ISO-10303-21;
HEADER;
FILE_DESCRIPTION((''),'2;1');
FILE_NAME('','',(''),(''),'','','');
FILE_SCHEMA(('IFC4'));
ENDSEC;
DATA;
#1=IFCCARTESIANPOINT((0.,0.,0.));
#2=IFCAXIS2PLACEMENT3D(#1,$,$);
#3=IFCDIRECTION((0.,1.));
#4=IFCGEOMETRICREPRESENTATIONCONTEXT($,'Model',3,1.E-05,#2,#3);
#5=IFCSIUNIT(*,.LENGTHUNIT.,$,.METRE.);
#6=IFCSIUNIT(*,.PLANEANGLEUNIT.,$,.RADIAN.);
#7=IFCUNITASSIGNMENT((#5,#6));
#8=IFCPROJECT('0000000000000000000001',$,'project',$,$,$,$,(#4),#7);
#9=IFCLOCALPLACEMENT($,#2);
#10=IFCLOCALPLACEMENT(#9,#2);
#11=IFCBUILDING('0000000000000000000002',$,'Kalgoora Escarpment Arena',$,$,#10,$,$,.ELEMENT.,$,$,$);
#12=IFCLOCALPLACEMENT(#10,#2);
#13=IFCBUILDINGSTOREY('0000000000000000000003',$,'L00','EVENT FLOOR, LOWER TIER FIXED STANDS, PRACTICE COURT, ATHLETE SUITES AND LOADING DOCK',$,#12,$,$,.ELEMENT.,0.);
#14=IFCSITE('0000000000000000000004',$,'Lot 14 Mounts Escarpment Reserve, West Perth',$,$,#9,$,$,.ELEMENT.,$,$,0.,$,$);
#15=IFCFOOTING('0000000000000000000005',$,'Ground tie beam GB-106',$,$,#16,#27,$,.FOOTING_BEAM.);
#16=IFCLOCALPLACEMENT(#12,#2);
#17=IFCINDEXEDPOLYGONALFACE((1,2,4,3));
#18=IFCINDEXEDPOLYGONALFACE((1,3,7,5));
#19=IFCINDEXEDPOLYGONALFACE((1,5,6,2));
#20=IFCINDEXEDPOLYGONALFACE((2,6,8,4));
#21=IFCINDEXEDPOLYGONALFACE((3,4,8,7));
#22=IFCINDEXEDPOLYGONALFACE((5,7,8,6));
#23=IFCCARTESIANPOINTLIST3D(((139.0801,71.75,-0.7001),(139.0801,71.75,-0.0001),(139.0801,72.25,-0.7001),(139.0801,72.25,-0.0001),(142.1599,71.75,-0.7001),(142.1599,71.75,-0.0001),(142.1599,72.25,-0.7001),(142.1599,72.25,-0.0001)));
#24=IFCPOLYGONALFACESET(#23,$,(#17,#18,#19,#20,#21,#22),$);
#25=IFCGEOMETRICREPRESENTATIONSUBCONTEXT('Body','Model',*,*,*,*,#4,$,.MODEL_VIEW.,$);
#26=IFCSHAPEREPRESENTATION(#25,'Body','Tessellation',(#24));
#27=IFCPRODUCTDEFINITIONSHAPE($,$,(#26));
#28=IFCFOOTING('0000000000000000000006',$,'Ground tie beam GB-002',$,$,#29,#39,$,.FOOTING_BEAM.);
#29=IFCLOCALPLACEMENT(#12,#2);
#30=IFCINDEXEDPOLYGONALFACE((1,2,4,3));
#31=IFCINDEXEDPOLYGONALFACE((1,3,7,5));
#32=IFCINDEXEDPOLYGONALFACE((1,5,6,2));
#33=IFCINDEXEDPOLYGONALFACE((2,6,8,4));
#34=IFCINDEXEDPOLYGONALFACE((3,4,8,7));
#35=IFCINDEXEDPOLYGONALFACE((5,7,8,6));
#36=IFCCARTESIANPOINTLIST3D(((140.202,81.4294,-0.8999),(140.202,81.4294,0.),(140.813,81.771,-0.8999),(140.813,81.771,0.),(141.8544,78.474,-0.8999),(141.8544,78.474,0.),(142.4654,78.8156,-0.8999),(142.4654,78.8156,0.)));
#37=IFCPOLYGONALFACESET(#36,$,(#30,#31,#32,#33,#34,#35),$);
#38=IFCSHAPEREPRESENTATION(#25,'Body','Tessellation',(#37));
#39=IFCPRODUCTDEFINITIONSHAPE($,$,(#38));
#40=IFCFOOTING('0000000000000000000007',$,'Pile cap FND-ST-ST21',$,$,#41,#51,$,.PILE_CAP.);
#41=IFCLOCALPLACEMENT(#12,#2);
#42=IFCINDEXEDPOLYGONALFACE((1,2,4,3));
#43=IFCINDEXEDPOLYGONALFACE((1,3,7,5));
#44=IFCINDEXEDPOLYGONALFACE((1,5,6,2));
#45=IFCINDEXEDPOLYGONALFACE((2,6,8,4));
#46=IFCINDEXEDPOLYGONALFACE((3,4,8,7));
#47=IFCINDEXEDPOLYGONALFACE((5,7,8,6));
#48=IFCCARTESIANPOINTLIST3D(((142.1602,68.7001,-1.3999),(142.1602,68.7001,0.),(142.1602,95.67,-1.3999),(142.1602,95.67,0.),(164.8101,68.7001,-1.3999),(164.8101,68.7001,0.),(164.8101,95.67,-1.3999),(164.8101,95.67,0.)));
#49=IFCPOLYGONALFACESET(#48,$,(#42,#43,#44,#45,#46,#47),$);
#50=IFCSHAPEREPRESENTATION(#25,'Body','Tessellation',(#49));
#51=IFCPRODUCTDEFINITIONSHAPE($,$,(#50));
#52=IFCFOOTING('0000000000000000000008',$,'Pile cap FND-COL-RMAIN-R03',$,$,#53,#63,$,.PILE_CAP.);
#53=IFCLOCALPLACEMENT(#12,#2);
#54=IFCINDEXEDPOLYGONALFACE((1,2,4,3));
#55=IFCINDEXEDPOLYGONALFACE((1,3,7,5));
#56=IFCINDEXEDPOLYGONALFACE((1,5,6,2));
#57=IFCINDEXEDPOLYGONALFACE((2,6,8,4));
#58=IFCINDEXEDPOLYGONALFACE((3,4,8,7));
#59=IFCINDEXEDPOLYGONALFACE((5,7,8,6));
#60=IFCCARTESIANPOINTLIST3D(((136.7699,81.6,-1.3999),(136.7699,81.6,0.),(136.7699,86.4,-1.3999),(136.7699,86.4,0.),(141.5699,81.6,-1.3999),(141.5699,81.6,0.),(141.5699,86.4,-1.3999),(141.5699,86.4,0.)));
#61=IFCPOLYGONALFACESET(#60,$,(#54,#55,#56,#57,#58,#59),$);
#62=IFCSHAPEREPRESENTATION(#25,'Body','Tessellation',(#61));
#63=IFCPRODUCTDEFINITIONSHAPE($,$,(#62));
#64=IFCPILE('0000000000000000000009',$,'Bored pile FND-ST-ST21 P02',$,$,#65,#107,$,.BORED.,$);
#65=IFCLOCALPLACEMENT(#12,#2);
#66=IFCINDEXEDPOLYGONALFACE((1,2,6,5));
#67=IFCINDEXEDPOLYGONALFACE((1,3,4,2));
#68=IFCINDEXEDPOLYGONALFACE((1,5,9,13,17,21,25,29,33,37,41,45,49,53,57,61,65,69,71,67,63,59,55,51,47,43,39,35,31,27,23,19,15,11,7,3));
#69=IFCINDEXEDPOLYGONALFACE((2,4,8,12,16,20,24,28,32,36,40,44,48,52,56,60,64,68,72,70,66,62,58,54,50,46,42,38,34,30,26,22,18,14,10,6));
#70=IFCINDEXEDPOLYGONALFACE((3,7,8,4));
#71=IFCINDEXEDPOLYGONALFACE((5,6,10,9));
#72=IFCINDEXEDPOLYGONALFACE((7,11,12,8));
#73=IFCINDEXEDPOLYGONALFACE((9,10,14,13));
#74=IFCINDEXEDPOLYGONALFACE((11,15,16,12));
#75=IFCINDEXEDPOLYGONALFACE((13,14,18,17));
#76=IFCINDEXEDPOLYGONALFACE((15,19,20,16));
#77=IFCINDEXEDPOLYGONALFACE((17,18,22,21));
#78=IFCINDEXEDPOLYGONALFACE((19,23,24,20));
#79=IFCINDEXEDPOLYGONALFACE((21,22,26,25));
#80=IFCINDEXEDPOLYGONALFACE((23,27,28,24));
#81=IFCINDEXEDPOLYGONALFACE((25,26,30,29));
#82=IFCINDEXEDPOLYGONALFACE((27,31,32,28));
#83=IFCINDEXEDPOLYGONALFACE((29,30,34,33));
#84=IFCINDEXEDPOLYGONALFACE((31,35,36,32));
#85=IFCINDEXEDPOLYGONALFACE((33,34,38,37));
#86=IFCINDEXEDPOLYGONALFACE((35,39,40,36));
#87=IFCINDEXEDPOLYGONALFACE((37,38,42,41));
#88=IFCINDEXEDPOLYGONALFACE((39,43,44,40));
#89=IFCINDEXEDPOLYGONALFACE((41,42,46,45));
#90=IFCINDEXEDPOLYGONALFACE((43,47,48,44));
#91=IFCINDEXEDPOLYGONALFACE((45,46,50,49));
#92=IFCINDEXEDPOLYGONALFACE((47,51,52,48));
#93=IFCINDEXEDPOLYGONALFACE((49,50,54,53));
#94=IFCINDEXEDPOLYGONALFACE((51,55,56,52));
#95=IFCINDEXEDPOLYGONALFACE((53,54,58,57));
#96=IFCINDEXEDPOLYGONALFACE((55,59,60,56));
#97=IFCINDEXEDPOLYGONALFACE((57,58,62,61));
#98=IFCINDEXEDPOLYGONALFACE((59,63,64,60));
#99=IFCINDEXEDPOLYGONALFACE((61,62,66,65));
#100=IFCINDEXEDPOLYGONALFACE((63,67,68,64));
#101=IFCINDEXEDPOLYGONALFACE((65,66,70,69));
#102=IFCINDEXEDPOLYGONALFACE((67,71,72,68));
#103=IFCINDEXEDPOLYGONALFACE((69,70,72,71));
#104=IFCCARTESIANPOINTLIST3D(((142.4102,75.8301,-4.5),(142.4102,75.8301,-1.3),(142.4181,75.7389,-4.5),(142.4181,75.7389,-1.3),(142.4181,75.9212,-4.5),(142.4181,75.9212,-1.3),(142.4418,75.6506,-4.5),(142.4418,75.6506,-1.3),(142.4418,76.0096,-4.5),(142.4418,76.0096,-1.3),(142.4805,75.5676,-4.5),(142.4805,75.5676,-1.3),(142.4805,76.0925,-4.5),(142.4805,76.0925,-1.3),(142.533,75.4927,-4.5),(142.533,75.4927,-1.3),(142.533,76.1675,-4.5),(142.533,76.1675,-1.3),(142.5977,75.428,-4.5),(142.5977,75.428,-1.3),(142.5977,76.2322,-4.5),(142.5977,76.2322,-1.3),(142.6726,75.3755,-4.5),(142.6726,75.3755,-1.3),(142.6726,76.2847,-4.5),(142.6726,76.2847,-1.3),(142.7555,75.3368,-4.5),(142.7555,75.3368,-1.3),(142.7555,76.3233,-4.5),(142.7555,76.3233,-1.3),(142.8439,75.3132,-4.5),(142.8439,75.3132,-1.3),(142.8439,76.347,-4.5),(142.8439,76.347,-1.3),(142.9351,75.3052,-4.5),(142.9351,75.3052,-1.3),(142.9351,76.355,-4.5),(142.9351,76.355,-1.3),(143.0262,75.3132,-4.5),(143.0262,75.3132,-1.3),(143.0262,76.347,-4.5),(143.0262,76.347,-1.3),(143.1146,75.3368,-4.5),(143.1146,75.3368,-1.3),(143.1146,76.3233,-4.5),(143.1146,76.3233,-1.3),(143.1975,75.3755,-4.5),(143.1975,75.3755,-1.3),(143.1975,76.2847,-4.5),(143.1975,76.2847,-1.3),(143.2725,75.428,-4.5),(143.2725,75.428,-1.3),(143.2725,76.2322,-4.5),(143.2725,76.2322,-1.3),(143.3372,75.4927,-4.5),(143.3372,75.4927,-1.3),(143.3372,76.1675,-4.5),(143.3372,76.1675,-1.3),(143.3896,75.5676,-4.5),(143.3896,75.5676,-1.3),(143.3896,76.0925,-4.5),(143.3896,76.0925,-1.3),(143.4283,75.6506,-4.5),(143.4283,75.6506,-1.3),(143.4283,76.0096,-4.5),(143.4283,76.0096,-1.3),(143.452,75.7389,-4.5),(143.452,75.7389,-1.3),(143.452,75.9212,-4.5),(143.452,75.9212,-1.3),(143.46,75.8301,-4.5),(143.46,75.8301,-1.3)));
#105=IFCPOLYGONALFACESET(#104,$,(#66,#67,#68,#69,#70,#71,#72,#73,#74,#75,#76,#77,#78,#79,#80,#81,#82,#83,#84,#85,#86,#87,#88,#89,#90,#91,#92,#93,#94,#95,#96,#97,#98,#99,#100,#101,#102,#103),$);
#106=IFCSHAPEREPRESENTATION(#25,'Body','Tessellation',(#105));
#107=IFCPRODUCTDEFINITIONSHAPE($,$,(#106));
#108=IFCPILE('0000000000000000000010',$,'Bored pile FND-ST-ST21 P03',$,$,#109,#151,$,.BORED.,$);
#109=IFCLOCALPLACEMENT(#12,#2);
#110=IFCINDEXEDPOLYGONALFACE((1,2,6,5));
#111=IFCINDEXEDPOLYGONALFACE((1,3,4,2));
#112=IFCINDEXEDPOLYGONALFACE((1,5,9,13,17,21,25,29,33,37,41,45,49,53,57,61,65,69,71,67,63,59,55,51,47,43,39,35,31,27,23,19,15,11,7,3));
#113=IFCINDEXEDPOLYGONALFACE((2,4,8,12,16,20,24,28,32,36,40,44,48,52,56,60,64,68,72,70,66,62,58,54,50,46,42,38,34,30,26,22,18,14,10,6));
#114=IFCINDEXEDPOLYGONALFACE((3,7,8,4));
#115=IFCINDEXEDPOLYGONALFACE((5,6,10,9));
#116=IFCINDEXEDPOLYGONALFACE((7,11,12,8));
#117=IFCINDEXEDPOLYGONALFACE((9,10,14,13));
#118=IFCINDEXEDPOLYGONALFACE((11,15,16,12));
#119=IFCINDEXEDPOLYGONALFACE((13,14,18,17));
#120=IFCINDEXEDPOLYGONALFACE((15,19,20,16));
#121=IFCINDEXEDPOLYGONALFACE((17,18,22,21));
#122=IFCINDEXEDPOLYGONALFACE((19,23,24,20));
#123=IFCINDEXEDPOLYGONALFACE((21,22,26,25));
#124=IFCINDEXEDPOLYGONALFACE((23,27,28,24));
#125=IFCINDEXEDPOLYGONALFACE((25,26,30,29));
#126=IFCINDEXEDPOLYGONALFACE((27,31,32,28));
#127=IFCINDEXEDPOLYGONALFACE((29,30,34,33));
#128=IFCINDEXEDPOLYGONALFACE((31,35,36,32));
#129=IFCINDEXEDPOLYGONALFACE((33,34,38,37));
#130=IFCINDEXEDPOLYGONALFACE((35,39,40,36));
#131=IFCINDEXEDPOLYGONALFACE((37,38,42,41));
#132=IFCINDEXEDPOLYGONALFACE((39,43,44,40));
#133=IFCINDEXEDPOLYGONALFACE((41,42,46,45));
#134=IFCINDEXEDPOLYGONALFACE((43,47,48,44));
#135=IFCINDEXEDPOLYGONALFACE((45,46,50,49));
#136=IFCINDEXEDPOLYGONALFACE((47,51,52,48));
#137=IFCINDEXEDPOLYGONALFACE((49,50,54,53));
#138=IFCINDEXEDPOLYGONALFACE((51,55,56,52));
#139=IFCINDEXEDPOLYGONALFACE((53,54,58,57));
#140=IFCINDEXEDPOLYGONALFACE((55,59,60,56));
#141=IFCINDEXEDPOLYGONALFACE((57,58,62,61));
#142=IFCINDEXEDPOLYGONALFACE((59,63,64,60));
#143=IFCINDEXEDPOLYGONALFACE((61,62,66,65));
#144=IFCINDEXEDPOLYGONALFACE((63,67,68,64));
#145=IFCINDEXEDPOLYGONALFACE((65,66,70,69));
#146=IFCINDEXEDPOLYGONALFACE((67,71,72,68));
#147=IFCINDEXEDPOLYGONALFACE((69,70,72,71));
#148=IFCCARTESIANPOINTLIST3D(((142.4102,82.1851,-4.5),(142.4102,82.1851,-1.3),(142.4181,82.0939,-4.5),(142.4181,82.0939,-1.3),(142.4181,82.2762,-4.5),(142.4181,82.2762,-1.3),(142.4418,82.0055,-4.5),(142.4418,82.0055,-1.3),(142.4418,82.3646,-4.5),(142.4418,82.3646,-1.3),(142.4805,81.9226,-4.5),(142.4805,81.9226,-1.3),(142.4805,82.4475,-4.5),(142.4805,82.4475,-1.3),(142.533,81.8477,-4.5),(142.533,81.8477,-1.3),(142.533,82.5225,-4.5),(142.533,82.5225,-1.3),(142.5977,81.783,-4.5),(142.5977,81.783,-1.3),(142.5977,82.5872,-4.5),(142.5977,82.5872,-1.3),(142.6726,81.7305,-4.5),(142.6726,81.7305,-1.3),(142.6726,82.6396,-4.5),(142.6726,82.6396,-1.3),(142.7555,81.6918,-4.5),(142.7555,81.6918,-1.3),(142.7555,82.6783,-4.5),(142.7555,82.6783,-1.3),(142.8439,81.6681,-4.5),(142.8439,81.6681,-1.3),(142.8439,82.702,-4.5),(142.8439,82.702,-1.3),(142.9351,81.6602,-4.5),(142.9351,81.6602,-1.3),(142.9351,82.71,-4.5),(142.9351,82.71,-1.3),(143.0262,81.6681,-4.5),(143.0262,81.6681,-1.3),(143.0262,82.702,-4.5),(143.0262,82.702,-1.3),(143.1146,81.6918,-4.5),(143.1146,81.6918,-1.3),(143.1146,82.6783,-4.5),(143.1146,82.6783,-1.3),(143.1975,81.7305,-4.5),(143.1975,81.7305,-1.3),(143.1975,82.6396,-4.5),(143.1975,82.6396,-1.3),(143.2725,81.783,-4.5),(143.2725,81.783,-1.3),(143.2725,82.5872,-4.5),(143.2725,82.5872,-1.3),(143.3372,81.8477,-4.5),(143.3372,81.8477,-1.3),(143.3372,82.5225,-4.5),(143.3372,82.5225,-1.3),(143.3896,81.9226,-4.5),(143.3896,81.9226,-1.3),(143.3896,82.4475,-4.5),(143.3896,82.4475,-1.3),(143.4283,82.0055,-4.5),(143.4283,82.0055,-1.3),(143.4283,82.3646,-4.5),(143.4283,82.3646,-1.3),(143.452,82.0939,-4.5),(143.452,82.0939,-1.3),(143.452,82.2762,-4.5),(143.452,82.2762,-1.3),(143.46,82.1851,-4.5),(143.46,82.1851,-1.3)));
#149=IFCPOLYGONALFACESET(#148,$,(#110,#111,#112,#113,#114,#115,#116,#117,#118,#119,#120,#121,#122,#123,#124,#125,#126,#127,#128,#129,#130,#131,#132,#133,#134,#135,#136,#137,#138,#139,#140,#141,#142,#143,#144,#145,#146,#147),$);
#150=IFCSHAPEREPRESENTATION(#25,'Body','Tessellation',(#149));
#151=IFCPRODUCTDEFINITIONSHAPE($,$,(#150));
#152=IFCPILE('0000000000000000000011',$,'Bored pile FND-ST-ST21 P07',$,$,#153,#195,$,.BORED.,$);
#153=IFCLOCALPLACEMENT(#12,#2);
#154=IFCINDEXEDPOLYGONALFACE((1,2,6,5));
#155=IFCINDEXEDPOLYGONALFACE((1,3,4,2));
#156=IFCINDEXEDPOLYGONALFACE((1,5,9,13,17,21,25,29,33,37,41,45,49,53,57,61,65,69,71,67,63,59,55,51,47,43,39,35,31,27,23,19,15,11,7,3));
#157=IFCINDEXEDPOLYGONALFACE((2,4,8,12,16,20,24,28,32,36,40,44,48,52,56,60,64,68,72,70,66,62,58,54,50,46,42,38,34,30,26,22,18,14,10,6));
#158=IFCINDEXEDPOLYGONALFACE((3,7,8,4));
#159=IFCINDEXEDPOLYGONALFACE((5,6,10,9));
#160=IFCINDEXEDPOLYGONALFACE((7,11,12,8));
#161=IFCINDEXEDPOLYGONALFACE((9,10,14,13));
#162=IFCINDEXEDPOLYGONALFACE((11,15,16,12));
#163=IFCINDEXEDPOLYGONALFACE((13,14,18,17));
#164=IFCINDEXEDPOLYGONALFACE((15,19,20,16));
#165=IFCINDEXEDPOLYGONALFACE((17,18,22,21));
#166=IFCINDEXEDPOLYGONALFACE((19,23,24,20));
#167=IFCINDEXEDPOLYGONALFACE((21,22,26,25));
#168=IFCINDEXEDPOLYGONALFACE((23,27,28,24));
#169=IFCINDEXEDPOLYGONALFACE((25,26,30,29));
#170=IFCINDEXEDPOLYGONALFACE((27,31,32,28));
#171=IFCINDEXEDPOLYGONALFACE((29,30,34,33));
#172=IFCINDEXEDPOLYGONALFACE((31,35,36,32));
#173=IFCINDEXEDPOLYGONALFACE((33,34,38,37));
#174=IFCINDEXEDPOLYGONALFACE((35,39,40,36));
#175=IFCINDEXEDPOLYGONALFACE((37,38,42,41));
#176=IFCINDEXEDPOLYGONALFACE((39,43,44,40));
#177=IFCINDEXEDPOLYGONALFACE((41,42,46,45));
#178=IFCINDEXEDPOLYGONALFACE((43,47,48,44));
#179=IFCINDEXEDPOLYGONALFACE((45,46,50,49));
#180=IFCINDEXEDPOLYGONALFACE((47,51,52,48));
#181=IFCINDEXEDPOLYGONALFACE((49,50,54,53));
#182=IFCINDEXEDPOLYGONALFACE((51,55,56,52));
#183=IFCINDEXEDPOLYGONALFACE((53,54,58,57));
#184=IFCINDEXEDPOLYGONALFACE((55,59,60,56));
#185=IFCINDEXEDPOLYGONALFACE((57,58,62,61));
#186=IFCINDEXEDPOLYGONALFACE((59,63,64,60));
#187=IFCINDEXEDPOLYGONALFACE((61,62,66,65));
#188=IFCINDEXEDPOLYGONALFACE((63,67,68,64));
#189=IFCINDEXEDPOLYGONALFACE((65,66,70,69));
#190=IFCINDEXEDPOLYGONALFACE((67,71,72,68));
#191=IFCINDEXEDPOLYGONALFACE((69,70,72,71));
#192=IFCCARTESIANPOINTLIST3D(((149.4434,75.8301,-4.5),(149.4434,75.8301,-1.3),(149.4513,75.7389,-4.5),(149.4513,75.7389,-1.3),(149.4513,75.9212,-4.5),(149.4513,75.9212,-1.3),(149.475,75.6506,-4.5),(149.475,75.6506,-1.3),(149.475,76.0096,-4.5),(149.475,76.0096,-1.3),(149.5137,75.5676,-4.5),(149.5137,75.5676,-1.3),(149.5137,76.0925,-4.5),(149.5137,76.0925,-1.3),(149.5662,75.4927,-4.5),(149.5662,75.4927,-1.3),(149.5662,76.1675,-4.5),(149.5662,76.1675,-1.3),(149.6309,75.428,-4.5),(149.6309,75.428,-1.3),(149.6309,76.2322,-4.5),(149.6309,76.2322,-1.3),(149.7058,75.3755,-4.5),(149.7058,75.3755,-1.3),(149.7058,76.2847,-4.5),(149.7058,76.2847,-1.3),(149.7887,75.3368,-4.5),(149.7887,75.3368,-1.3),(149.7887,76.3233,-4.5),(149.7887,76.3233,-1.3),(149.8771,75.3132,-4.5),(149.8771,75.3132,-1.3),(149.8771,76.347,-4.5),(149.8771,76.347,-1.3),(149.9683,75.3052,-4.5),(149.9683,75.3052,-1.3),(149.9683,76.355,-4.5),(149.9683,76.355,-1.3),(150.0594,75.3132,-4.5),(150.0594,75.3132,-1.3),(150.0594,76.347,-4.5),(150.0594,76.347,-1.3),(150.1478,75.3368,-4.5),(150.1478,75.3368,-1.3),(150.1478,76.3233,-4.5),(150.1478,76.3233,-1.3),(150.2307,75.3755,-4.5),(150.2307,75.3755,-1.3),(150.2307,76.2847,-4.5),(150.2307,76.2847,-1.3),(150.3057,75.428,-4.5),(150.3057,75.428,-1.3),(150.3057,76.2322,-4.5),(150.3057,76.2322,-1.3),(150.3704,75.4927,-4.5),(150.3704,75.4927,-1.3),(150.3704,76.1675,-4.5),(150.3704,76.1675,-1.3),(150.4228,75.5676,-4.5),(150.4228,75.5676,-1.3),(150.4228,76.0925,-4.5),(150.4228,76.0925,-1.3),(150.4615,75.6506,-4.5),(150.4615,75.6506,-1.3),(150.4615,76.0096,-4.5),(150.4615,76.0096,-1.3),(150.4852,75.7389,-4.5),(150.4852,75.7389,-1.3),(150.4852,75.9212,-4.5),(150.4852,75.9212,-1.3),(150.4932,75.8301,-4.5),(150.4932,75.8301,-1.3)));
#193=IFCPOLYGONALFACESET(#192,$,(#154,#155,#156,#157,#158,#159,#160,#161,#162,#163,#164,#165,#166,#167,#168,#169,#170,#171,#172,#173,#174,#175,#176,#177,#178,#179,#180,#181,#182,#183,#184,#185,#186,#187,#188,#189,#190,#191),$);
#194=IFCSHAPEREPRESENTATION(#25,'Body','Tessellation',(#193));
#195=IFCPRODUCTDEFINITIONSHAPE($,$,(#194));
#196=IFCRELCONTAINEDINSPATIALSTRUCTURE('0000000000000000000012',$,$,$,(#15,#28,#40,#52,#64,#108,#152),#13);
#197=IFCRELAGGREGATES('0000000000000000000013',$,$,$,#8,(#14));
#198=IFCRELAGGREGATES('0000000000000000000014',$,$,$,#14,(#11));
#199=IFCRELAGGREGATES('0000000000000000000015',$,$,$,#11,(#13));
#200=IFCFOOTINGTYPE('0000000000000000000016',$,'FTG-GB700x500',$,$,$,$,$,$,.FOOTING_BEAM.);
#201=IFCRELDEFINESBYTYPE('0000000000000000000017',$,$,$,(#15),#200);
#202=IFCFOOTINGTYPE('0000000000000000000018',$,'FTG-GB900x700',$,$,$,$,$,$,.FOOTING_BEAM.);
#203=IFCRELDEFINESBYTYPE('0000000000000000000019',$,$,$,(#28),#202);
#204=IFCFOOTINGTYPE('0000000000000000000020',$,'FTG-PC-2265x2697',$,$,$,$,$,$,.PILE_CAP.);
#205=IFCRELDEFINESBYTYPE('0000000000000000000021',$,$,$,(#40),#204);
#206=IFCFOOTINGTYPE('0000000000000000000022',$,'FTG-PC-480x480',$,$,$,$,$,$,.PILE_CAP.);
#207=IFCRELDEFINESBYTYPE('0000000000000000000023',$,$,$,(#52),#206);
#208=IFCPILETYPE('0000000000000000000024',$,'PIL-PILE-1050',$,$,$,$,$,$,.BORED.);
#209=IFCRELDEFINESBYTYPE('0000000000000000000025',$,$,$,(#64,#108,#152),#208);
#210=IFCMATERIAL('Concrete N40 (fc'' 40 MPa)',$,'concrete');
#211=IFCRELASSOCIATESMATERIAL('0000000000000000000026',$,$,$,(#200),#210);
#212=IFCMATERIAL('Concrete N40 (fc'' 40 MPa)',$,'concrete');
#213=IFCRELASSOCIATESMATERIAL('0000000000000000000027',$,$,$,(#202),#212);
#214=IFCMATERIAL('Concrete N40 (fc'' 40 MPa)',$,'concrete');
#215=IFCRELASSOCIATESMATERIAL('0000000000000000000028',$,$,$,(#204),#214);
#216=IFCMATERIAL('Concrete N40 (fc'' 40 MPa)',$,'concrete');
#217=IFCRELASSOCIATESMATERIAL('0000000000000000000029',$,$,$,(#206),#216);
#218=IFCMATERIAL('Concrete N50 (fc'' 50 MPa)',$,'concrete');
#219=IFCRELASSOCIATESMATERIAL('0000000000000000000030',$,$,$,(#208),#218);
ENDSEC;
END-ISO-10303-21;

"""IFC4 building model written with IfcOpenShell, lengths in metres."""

from ifc_helpers import new_model, si_unit, direction, frame, origin, origin_2d, place, context, subcontext, project, spatial, rectangle, circle, extrude, material, material_profile, profile_set, type_object, element, save


model = new_model("IFC4")

# Units and contexts
model_context = context("Model", 3, precision=1e-05, world=origin(), true_north=direction((0.0, 1.0)))
body_context = subcontext(model_context, "Body", "Model", "MODEL_VIEW")
ifc_project = project(units=[si_unit("LENGTHUNIT", "METRE"), si_unit("PLANEANGLEUNIT", "RADIAN")], contexts=[model_context])

# Site, building, storey
site_placement = place(None, origin())
site = spatial("IfcSite", under=ifc_project, at=site_placement, Name="Lot 14 Mounts Escarpment Reserve, West Perth", CompositionType="ELEMENT", RefElevation=0.0)
building_placement = place(site_placement, origin())
building = spatial("IfcBuilding", under=site, at=building_placement, Name="Kalgoora Escarpment Arena", CompositionType="ELEMENT")
storey_placement = place(building_placement, origin())
storey = spatial("IfcBuildingStorey", under=building, at=storey_placement, Name="L00", Description="EVENT FLOOR, LOWER TIER FIXED STANDS, PRACTICE COURT, ATHLETE SUITES AND LOADING DOCK", CompositionType="ELEMENT", Elevation=0.0)

# Footings
ifc_material_1 = material(Name="Concrete N40 (fc' 40 MPa)", Category="concrete")
ifc_material_profile_1 = material_profile(ifc_material_1, rectangle(XDim=0.5, YDim=0.7, at=origin_2d()))
ifc_profile_set_1 = profile_set([ifc_material_profile_1], Name="Concrete N40 (fc' 40 MPa)")
footing_type_1 = type_object("IfcFootingType", Name="FTG-GB700x500", PredefinedType="FOOTING_BEAM", material=ifc_profile_set_1)
footing_1_placement = place(storey_placement, frame((139.0801, 72.0, -0.3501), z_axis=(1.0, 0.0, 0.0), x_axis=(0.0, 1.0, 0.0)))
element("IfcFooting", 1, at=footing_1_placement, inside=storey, type_object=footing_type_1, Name="Ground tie beam GB-106", PredefinedType="FOOTING_BEAM", context=body_context, shape_type="SweptSolid", body=[
    extrude(rectangle(XDim=0.5, YDim=0.7, at=origin_2d()), origin(), (0.0, 0.0, 1.0), 3.0798),
])
ifc_material_2 = material(Name="Concrete N40 (fc' 40 MPa)", Category="concrete")
ifc_material_profile_2 = material_profile(ifc_material_2, rectangle(XDim=0.7, YDim=0.8999, at=origin_2d()))
ifc_profile_set_2 = profile_set([ifc_material_profile_2], Name="Concrete N40 (fc' 40 MPa)")
footing_type_2 = type_object("IfcFootingType", Name="FTG-GB900x700", PredefinedType="FOOTING_BEAM", material=ifc_profile_set_2)
footing_2_placement = place(storey_placement, frame((142.1599, 78.6448, -0.45), z_axis=(-0.48801, 0.872838, 0.0), x_axis=(-0.872838, -0.48801, 0.0)))
element("IfcFooting", 2, at=footing_2_placement, inside=storey, type_object=footing_type_2, Name="Ground tie beam GB-002", PredefinedType="FOOTING_BEAM", context=body_context, shape_type="SweptSolid", body=[
    extrude(rectangle(XDim=0.7, YDim=0.8999, at=origin_2d()), origin(), (0.0, 0.0, 1.0), 3.386),
])
ifc_material_3 = material(Name="Concrete N40 (fc' 40 MPa)", Category="concrete")
footing_type_3 = type_object("IfcFootingType", Name="FTG-PC-2265x2697", PredefinedType="PILE_CAP", material=ifc_material_3)
footing_3_placement = place(storey_placement, frame((153.4851, 82.1851, -1.3999), z_axis=(0.0, 0.0, 1.0), x_axis=(1.0, 0.0, 0.0)))
element("IfcFooting", 3, at=footing_3_placement, inside=storey, type_object=footing_type_3, Name="Pile cap FND-ST-ST21", PredefinedType="PILE_CAP", context=body_context, shape_type="SweptSolid", body=[
    extrude(rectangle(XDim=22.6499, YDim=26.97, at=origin_2d()), origin(), (0.0, 0.0, 1.0), 1.3999),
])
ifc_material_4 = material(Name="Concrete N40 (fc' 40 MPa)", Category="concrete")
footing_type_4 = type_object("IfcFootingType", Name="FTG-PC-480x480", PredefinedType="PILE_CAP", material=ifc_material_4)
footing_4_placement = place(storey_placement, frame((139.1699, 84.0, -1.3999), z_axis=(0.0, 0.0, 1.0), x_axis=(1.0, 0.0, 0.0)))
element("IfcFooting", 4, at=footing_4_placement, inside=storey, type_object=footing_type_4, Name="Pile cap FND-COL-RMAIN-R03", PredefinedType="PILE_CAP", context=body_context, shape_type="SweptSolid", body=[
    extrude(rectangle(XDim=4.8, YDim=4.8, at=origin_2d()), origin(), (0.0, 0.0, 1.0), 1.3999),
])

# Piles
ifc_material_5 = material(Name="Concrete N50 (fc' 50 MPa)", Category="concrete")
ifc_material_profile_3 = material_profile(ifc_material_5, circle(Radius=0.5249, at=origin_2d()))
ifc_profile_set_3 = profile_set([ifc_material_profile_3], Name="Concrete N50 (fc' 50 MPa)")
pile_type_1 = type_object("IfcPileType", Name="PIL-PILE-1050", PredefinedType="BORED", material=ifc_profile_set_3)
for number, where, z_axis, x_axis, name in (
    (5, (142.9351, 75.8301, -1.3), (0.0, 0.0, -1.0), (1.0, 0.0, 0.0), "Bored pile FND-ST-ST21 P02"),
    (6, (142.9351, 82.1851, -1.3), (0.0, 0.0, -1.0), (1.0, 0.0, 0.0), "Bored pile FND-ST-ST21 P03"),
    (7, (149.9683, 75.8301, -1.3), (0.0, 0.0, -1.0), (1.0, 0.0, 0.0), "Bored pile FND-ST-ST21 P07"),
):
    element("IfcPile", number, at=place(storey_placement, frame(where, z_axis=z_axis, x_axis=x_axis)), inside=storey, type_object=pile_type_1, Name=name, PredefinedType="BORED", context=body_context, shape_type="SweptSolid", body=[
        extrude(circle(Radius=0.5249, at=origin_2d()), origin(), (0.0, 0.0, 1.0), 3.2),
    ])

save(model, "model.ifc")
